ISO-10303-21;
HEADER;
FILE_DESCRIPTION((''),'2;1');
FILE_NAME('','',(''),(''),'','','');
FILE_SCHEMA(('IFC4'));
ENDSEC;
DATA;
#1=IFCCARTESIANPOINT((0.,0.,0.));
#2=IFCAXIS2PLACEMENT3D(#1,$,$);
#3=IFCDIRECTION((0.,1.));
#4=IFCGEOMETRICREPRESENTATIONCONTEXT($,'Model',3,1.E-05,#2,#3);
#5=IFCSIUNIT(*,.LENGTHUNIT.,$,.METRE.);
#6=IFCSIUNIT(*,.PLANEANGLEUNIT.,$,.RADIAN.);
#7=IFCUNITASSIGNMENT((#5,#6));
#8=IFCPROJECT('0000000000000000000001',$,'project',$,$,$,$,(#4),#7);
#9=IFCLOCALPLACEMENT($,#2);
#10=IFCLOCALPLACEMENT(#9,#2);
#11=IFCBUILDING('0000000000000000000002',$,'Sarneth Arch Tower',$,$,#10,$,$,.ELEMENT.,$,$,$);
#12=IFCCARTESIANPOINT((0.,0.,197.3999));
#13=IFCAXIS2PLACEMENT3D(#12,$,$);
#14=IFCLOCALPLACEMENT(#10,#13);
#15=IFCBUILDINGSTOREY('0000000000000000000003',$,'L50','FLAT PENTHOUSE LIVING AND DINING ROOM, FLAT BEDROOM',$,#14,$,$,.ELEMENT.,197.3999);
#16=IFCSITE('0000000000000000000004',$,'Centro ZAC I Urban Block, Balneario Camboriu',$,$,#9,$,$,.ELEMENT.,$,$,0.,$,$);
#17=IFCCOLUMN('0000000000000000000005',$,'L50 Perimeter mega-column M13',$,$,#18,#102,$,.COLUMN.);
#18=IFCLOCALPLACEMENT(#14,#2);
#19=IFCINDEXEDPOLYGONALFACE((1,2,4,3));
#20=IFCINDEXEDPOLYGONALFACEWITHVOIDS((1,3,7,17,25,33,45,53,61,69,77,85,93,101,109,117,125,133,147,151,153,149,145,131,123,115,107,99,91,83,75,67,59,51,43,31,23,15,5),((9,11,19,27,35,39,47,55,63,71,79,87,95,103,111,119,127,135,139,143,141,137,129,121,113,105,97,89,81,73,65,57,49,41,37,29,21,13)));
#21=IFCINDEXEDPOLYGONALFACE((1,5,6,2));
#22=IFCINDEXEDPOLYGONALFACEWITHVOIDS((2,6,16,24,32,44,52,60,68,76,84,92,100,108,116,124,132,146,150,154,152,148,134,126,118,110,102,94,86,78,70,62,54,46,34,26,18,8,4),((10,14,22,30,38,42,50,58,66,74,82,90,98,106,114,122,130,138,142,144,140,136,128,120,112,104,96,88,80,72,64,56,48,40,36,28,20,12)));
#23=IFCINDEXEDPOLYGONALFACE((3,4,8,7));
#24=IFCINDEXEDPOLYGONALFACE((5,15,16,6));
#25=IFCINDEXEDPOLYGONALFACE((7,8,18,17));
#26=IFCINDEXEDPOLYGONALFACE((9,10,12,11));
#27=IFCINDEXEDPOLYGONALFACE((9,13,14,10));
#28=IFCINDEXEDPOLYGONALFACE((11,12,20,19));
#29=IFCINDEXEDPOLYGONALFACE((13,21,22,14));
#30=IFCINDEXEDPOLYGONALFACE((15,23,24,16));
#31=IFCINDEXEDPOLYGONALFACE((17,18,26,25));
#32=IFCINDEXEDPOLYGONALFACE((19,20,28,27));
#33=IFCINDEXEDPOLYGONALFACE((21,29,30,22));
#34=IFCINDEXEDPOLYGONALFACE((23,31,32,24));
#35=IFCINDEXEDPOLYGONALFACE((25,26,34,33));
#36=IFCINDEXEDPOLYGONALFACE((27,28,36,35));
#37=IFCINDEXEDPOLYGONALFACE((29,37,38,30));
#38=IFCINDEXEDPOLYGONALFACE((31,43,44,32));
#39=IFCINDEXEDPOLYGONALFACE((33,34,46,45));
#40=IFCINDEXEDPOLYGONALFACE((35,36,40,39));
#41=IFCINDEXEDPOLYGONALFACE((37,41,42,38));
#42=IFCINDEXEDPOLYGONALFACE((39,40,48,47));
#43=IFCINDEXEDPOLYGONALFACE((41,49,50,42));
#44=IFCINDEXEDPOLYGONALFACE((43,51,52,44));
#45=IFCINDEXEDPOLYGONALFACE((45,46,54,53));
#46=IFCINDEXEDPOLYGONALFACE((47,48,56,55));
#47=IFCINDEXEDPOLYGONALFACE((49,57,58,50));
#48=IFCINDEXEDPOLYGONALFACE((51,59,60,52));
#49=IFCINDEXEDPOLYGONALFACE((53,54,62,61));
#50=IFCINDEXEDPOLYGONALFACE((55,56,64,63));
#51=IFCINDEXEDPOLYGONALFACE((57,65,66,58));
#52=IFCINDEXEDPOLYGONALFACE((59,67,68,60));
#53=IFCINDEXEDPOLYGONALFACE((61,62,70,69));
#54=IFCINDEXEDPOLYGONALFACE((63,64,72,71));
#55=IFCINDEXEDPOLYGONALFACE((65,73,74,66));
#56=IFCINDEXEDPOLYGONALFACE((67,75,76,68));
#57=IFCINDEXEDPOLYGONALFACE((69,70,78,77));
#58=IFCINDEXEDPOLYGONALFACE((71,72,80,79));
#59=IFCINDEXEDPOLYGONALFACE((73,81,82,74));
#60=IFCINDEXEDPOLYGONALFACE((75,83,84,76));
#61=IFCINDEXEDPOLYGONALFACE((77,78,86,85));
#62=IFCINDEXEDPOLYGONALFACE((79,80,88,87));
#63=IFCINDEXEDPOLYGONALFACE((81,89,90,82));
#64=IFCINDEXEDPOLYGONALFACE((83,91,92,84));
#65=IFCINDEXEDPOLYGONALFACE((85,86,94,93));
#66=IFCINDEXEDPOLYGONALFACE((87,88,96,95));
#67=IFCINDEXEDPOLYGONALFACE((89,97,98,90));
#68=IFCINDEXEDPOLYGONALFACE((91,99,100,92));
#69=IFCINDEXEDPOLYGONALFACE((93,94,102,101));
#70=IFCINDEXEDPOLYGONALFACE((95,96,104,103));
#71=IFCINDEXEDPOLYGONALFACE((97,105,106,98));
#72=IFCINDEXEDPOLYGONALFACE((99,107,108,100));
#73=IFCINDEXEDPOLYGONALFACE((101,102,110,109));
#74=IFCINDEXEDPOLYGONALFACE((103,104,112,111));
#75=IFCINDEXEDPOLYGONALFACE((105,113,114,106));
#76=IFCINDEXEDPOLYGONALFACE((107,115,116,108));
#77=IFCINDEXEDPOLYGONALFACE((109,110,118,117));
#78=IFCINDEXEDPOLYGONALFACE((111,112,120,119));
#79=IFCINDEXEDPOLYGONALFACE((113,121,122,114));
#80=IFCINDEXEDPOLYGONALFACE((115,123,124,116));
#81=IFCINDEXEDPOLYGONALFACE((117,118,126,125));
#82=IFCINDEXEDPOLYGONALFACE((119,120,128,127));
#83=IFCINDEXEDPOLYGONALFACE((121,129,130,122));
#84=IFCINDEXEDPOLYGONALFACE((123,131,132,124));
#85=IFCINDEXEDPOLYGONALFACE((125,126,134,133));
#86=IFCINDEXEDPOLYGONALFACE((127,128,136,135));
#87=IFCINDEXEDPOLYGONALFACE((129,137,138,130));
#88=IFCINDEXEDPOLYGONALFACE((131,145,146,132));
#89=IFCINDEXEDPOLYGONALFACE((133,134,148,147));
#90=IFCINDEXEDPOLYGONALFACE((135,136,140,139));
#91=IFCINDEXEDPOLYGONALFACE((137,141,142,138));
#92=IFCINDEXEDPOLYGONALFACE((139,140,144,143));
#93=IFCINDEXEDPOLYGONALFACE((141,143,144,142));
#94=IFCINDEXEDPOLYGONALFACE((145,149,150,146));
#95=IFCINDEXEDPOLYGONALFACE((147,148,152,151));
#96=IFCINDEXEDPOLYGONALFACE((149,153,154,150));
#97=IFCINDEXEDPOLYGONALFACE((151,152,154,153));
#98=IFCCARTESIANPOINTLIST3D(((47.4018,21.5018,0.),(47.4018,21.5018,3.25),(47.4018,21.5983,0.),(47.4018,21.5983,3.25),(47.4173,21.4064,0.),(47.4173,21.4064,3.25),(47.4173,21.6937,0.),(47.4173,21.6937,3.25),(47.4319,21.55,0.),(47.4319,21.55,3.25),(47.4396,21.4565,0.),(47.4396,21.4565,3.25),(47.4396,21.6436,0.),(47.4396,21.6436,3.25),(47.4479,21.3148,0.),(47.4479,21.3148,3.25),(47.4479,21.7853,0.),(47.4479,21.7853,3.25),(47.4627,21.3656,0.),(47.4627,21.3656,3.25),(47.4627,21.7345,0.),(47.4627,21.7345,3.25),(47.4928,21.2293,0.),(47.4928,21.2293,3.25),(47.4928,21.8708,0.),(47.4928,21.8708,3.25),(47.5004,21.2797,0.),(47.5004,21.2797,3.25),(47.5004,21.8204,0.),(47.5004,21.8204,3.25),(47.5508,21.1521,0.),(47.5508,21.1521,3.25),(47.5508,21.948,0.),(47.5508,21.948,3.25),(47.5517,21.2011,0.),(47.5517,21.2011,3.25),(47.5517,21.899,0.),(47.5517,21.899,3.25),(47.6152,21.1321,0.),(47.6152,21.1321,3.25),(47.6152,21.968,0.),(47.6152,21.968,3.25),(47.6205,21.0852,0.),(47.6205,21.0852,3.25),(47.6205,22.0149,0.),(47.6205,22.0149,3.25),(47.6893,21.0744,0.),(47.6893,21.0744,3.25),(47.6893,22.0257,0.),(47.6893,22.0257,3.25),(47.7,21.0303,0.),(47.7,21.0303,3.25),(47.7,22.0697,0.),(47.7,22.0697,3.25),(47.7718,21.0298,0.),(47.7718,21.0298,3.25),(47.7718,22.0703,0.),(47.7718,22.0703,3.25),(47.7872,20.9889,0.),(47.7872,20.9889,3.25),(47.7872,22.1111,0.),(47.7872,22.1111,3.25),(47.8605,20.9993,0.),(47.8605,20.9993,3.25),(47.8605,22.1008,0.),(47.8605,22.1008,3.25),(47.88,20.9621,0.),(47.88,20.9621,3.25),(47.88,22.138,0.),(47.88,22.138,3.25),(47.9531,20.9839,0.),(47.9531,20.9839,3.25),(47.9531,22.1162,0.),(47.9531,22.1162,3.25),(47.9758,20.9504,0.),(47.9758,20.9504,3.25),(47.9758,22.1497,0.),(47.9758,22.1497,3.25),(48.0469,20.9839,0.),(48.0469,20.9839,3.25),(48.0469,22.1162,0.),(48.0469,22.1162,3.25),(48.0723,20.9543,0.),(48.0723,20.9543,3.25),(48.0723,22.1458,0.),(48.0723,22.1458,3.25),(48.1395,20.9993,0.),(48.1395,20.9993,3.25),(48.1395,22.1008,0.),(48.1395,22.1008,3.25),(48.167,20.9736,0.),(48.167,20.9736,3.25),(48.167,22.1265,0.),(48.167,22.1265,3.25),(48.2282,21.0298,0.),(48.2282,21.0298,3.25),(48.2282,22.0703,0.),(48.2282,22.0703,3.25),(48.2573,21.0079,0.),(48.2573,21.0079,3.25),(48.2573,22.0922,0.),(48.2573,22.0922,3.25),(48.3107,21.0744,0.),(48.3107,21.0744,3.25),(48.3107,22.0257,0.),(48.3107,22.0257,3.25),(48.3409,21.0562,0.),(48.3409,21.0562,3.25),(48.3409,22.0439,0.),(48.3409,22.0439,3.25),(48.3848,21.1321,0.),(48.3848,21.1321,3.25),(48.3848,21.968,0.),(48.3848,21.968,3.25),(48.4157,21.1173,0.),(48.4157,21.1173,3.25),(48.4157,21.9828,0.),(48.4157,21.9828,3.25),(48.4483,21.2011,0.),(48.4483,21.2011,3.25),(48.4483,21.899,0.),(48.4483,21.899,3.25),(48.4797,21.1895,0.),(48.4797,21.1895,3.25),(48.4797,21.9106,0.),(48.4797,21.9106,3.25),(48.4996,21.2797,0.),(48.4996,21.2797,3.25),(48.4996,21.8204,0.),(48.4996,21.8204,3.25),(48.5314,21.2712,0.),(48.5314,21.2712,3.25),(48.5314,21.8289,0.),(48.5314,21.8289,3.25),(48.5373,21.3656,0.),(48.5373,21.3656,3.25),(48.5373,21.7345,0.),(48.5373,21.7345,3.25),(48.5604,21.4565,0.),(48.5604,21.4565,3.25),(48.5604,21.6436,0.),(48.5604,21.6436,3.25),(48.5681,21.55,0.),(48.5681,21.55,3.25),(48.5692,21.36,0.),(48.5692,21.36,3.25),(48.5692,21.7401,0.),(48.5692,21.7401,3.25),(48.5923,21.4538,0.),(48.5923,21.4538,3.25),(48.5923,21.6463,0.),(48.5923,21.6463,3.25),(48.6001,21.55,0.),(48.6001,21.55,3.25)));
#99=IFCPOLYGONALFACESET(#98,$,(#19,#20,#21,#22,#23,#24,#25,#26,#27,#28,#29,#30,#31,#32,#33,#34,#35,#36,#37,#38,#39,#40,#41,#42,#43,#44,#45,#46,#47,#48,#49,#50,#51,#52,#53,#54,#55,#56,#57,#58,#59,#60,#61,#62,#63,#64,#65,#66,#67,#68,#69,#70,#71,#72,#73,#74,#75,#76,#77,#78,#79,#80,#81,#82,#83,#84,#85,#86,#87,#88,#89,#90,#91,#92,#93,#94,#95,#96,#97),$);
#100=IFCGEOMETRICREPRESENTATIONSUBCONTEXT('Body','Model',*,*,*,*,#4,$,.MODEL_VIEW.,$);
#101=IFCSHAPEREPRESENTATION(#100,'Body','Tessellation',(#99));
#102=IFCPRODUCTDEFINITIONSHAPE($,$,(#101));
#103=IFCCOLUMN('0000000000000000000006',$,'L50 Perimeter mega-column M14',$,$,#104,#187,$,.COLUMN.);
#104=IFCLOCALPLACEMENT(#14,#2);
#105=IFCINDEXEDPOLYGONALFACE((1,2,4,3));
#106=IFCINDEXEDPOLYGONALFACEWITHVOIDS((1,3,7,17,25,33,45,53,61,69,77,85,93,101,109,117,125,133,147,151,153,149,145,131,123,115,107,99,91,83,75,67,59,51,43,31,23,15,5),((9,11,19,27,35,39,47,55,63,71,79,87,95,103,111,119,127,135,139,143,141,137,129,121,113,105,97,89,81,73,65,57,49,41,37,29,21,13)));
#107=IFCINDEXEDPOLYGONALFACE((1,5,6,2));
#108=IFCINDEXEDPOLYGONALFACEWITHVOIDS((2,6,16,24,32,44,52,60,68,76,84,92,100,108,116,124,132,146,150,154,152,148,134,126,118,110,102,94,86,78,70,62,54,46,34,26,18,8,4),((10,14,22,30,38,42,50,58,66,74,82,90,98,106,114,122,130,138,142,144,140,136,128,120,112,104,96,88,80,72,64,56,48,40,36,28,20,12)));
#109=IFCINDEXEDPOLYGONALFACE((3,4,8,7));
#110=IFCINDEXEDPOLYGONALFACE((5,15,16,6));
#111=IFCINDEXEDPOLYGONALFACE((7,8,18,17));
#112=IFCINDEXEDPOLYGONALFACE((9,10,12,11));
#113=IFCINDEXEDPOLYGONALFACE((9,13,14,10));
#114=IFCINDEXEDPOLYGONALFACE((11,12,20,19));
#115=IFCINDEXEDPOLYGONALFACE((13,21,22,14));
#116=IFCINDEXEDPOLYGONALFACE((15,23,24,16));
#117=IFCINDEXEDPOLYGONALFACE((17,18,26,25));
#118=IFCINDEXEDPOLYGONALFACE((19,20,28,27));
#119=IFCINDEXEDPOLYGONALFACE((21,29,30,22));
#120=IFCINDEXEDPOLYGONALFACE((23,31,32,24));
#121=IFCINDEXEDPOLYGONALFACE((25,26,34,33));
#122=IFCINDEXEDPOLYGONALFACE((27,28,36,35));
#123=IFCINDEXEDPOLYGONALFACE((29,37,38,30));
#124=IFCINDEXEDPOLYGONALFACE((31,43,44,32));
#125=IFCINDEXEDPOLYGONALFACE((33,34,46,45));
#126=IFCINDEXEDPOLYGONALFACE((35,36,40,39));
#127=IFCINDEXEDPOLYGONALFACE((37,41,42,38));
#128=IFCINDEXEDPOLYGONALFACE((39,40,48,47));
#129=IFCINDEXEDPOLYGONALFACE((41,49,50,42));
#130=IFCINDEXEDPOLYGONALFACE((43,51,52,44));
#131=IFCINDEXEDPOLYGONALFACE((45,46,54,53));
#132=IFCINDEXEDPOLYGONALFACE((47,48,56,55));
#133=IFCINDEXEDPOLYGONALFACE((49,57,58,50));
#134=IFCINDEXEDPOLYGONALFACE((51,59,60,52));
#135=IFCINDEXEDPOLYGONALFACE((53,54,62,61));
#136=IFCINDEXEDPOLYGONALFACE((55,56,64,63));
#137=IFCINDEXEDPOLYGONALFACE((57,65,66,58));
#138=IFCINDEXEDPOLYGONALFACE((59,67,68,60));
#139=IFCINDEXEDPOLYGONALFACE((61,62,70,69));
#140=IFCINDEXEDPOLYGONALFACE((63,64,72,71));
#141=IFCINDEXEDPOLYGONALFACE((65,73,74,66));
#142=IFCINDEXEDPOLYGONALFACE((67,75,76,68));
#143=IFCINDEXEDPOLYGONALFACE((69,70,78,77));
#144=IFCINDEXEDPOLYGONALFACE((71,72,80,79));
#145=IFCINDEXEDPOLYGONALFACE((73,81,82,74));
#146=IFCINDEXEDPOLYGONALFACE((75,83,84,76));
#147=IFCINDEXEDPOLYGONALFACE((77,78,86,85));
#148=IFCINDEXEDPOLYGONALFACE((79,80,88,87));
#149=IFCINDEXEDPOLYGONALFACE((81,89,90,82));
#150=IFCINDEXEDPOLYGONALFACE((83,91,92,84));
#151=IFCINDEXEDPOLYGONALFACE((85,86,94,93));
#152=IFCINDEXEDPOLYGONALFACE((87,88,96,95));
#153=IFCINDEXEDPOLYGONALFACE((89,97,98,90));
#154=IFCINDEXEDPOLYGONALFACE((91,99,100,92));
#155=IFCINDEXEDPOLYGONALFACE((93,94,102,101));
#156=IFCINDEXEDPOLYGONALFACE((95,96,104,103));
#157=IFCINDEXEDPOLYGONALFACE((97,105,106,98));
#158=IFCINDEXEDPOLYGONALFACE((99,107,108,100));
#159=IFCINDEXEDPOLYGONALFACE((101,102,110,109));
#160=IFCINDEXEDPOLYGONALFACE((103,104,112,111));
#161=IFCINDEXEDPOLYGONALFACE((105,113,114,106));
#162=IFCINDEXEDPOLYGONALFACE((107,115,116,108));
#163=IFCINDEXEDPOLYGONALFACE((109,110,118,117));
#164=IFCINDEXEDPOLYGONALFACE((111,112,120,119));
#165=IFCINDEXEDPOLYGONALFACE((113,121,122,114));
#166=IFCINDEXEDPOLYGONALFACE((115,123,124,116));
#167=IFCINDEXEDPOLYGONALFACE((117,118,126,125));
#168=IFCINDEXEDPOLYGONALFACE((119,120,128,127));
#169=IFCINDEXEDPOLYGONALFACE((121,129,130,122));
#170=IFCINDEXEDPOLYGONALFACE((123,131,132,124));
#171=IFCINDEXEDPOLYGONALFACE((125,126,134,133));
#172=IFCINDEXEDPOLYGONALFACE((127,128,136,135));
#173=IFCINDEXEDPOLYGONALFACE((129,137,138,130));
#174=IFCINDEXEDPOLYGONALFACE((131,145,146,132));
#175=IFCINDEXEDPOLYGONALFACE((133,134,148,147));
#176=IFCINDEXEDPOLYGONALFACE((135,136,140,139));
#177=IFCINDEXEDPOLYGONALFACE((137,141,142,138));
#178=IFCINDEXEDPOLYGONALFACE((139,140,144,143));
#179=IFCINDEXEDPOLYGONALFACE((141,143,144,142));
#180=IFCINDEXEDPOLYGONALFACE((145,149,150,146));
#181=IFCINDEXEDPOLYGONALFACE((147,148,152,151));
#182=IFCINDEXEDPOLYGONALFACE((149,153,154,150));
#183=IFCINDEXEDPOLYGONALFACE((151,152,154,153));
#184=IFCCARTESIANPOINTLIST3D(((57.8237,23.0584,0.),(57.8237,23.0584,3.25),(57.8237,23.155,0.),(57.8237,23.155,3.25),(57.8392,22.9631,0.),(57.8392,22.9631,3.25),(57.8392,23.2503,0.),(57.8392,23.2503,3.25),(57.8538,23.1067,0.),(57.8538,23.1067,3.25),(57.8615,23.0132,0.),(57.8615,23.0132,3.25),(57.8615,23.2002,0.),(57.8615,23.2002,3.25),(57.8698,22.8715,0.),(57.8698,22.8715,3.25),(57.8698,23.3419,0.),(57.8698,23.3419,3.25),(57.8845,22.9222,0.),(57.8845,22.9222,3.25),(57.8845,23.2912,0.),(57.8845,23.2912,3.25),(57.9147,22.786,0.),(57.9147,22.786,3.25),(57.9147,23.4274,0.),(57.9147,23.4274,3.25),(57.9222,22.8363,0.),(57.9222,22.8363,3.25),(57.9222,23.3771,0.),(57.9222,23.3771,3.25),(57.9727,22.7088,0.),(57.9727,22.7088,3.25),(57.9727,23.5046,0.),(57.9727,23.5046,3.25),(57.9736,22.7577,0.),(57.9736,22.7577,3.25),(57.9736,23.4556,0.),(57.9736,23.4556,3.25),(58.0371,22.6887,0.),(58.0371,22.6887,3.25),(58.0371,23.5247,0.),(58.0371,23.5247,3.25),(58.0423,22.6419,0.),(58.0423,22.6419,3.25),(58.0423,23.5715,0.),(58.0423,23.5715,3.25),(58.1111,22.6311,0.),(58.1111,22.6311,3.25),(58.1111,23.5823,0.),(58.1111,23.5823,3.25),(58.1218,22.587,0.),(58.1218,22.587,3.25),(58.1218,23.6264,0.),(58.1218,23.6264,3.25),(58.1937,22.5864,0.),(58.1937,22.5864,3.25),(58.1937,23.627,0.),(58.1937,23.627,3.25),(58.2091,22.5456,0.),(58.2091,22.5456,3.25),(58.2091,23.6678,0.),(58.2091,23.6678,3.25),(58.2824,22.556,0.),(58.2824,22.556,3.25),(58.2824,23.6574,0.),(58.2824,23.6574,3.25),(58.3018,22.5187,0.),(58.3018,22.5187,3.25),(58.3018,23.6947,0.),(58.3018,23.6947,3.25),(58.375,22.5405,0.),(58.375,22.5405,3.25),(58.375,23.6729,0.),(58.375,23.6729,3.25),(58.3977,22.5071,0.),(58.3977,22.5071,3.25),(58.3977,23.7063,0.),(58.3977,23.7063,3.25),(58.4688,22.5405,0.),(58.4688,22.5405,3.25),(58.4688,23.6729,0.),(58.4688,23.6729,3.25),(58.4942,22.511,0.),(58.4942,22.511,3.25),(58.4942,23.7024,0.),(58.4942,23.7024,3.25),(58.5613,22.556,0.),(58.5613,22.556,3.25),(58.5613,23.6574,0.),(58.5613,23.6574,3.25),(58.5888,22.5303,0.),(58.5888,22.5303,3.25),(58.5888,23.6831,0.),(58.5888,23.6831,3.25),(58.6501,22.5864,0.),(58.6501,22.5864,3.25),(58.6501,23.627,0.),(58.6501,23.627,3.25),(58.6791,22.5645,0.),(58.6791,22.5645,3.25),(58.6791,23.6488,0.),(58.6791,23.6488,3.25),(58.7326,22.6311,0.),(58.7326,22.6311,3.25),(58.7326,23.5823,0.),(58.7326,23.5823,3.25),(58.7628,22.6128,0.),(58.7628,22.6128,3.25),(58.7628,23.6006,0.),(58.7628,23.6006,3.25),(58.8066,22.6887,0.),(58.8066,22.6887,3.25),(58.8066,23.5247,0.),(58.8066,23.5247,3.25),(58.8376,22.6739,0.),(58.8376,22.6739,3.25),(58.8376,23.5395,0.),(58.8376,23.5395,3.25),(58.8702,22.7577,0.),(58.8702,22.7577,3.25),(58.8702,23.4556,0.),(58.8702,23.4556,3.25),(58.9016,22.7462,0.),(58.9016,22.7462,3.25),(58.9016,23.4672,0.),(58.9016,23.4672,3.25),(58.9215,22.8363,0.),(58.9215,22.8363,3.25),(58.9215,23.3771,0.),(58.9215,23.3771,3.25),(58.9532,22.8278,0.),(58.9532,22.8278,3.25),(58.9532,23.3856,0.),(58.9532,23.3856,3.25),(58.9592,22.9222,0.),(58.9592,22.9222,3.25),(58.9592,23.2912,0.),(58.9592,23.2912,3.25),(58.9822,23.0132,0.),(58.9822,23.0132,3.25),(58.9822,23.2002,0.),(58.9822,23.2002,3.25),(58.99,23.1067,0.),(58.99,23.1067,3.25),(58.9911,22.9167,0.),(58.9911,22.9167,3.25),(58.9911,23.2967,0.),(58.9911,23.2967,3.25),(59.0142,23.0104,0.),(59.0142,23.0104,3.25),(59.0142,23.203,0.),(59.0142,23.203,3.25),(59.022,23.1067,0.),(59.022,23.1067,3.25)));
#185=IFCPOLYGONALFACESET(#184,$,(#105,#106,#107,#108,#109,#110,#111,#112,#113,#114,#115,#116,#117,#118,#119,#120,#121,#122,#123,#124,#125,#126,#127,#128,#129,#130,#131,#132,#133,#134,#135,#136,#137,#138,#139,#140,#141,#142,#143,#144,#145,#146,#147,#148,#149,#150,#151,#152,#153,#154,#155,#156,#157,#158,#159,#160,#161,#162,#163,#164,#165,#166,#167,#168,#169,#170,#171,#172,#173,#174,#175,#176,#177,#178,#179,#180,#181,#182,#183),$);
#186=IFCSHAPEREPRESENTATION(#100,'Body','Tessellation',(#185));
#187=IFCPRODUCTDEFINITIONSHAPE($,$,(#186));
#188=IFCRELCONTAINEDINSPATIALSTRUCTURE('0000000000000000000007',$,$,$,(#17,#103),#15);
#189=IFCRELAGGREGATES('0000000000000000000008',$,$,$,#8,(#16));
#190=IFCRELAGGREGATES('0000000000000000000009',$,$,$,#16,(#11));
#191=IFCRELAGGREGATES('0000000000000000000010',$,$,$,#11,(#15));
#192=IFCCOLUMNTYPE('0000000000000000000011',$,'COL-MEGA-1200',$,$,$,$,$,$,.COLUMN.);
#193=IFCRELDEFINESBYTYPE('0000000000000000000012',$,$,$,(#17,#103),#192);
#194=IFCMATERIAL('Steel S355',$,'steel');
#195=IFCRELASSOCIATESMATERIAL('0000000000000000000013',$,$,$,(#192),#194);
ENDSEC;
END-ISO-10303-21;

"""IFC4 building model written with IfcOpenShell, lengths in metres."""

from ifc_helpers import new_model, si_unit, direction, frame, origin, origin_2d, place, context, subcontext, project, spatial, hollow_circle, extrude, material, material_profile, profile_set, type_object, element, save


model = new_model("IFC4")

# Units and contexts
model_context = context("Model", 3, precision=1e-05, world=origin(), true_north=direction((0.0, 1.0)))
body_context = subcontext(model_context, "Body", "Model", "MODEL_VIEW")
ifc_project = project(units=[si_unit("LENGTHUNIT", "METRE"), si_unit("PLANEANGLEUNIT", "RADIAN")], contexts=[model_context])

# Site, building, storey
site_placement = place(None, origin())
site = spatial("IfcSite", under=ifc_project, at=site_placement, Name="Centro ZAC I Urban Block, Balneario Camboriu", CompositionType="ELEMENT", RefElevation=0.0)
building_placement = place(site_placement, origin())
building = spatial("IfcBuilding", under=site, at=building_placement, Name="Sarneth Arch Tower", CompositionType="ELEMENT")
storey_placement = place(building_placement, frame((0.0, 0.0, 197.3999)))
storey = spatial("IfcBuildingStorey", under=building, at=storey_placement, Name="L50", Description="FLAT PENTHOUSE LIVING AND DINING ROOM, FLAT BEDROOM", CompositionType="ELEMENT", Elevation=197.3999)

# Columns
ifc_material_1 = material(Name="Steel S355", Category="steel")
ifc_material_profile_1 = material_profile(ifc_material_1, hollow_circle(Radius=0.6001, WallThickness=0.032, at=origin_2d()), Name="CHS1200x32")
ifc_profile_set_1 = profile_set([ifc_material_profile_1], Name="Steel S355")
column_type = type_object("IfcColumnType", Name="COL-MEGA-1200", PredefinedType="COLUMN", material=ifc_profile_set_1)
for number, where, z_axis, x_axis, name in (
    (1, (48.0, 21.55, 0.0), (0.0, 0.0, 1.0), (1.0, 0.0, 0.0), "L50 Perimeter mega-column M13"),
    (2, (58.4219, 23.1067, 0.0), (0.0, 0.0, 1.0), (1.0, 0.0, 0.0), "L50 Perimeter mega-column M14"),
):
    element("IfcColumn", number, at=place(storey_placement, frame(where, z_axis=z_axis, x_axis=x_axis)), inside=storey, type_object=column_type, Name=name, PredefinedType="COLUMN", context=body_context, shape_type="SweptSolid", body=[
        extrude(hollow_circle(Radius=0.6001, WallThickness=0.032, at=origin_2d()), origin(), (0.0, 0.0, 1.0), 3.25),
    ])

save(model, "model.ifc")
